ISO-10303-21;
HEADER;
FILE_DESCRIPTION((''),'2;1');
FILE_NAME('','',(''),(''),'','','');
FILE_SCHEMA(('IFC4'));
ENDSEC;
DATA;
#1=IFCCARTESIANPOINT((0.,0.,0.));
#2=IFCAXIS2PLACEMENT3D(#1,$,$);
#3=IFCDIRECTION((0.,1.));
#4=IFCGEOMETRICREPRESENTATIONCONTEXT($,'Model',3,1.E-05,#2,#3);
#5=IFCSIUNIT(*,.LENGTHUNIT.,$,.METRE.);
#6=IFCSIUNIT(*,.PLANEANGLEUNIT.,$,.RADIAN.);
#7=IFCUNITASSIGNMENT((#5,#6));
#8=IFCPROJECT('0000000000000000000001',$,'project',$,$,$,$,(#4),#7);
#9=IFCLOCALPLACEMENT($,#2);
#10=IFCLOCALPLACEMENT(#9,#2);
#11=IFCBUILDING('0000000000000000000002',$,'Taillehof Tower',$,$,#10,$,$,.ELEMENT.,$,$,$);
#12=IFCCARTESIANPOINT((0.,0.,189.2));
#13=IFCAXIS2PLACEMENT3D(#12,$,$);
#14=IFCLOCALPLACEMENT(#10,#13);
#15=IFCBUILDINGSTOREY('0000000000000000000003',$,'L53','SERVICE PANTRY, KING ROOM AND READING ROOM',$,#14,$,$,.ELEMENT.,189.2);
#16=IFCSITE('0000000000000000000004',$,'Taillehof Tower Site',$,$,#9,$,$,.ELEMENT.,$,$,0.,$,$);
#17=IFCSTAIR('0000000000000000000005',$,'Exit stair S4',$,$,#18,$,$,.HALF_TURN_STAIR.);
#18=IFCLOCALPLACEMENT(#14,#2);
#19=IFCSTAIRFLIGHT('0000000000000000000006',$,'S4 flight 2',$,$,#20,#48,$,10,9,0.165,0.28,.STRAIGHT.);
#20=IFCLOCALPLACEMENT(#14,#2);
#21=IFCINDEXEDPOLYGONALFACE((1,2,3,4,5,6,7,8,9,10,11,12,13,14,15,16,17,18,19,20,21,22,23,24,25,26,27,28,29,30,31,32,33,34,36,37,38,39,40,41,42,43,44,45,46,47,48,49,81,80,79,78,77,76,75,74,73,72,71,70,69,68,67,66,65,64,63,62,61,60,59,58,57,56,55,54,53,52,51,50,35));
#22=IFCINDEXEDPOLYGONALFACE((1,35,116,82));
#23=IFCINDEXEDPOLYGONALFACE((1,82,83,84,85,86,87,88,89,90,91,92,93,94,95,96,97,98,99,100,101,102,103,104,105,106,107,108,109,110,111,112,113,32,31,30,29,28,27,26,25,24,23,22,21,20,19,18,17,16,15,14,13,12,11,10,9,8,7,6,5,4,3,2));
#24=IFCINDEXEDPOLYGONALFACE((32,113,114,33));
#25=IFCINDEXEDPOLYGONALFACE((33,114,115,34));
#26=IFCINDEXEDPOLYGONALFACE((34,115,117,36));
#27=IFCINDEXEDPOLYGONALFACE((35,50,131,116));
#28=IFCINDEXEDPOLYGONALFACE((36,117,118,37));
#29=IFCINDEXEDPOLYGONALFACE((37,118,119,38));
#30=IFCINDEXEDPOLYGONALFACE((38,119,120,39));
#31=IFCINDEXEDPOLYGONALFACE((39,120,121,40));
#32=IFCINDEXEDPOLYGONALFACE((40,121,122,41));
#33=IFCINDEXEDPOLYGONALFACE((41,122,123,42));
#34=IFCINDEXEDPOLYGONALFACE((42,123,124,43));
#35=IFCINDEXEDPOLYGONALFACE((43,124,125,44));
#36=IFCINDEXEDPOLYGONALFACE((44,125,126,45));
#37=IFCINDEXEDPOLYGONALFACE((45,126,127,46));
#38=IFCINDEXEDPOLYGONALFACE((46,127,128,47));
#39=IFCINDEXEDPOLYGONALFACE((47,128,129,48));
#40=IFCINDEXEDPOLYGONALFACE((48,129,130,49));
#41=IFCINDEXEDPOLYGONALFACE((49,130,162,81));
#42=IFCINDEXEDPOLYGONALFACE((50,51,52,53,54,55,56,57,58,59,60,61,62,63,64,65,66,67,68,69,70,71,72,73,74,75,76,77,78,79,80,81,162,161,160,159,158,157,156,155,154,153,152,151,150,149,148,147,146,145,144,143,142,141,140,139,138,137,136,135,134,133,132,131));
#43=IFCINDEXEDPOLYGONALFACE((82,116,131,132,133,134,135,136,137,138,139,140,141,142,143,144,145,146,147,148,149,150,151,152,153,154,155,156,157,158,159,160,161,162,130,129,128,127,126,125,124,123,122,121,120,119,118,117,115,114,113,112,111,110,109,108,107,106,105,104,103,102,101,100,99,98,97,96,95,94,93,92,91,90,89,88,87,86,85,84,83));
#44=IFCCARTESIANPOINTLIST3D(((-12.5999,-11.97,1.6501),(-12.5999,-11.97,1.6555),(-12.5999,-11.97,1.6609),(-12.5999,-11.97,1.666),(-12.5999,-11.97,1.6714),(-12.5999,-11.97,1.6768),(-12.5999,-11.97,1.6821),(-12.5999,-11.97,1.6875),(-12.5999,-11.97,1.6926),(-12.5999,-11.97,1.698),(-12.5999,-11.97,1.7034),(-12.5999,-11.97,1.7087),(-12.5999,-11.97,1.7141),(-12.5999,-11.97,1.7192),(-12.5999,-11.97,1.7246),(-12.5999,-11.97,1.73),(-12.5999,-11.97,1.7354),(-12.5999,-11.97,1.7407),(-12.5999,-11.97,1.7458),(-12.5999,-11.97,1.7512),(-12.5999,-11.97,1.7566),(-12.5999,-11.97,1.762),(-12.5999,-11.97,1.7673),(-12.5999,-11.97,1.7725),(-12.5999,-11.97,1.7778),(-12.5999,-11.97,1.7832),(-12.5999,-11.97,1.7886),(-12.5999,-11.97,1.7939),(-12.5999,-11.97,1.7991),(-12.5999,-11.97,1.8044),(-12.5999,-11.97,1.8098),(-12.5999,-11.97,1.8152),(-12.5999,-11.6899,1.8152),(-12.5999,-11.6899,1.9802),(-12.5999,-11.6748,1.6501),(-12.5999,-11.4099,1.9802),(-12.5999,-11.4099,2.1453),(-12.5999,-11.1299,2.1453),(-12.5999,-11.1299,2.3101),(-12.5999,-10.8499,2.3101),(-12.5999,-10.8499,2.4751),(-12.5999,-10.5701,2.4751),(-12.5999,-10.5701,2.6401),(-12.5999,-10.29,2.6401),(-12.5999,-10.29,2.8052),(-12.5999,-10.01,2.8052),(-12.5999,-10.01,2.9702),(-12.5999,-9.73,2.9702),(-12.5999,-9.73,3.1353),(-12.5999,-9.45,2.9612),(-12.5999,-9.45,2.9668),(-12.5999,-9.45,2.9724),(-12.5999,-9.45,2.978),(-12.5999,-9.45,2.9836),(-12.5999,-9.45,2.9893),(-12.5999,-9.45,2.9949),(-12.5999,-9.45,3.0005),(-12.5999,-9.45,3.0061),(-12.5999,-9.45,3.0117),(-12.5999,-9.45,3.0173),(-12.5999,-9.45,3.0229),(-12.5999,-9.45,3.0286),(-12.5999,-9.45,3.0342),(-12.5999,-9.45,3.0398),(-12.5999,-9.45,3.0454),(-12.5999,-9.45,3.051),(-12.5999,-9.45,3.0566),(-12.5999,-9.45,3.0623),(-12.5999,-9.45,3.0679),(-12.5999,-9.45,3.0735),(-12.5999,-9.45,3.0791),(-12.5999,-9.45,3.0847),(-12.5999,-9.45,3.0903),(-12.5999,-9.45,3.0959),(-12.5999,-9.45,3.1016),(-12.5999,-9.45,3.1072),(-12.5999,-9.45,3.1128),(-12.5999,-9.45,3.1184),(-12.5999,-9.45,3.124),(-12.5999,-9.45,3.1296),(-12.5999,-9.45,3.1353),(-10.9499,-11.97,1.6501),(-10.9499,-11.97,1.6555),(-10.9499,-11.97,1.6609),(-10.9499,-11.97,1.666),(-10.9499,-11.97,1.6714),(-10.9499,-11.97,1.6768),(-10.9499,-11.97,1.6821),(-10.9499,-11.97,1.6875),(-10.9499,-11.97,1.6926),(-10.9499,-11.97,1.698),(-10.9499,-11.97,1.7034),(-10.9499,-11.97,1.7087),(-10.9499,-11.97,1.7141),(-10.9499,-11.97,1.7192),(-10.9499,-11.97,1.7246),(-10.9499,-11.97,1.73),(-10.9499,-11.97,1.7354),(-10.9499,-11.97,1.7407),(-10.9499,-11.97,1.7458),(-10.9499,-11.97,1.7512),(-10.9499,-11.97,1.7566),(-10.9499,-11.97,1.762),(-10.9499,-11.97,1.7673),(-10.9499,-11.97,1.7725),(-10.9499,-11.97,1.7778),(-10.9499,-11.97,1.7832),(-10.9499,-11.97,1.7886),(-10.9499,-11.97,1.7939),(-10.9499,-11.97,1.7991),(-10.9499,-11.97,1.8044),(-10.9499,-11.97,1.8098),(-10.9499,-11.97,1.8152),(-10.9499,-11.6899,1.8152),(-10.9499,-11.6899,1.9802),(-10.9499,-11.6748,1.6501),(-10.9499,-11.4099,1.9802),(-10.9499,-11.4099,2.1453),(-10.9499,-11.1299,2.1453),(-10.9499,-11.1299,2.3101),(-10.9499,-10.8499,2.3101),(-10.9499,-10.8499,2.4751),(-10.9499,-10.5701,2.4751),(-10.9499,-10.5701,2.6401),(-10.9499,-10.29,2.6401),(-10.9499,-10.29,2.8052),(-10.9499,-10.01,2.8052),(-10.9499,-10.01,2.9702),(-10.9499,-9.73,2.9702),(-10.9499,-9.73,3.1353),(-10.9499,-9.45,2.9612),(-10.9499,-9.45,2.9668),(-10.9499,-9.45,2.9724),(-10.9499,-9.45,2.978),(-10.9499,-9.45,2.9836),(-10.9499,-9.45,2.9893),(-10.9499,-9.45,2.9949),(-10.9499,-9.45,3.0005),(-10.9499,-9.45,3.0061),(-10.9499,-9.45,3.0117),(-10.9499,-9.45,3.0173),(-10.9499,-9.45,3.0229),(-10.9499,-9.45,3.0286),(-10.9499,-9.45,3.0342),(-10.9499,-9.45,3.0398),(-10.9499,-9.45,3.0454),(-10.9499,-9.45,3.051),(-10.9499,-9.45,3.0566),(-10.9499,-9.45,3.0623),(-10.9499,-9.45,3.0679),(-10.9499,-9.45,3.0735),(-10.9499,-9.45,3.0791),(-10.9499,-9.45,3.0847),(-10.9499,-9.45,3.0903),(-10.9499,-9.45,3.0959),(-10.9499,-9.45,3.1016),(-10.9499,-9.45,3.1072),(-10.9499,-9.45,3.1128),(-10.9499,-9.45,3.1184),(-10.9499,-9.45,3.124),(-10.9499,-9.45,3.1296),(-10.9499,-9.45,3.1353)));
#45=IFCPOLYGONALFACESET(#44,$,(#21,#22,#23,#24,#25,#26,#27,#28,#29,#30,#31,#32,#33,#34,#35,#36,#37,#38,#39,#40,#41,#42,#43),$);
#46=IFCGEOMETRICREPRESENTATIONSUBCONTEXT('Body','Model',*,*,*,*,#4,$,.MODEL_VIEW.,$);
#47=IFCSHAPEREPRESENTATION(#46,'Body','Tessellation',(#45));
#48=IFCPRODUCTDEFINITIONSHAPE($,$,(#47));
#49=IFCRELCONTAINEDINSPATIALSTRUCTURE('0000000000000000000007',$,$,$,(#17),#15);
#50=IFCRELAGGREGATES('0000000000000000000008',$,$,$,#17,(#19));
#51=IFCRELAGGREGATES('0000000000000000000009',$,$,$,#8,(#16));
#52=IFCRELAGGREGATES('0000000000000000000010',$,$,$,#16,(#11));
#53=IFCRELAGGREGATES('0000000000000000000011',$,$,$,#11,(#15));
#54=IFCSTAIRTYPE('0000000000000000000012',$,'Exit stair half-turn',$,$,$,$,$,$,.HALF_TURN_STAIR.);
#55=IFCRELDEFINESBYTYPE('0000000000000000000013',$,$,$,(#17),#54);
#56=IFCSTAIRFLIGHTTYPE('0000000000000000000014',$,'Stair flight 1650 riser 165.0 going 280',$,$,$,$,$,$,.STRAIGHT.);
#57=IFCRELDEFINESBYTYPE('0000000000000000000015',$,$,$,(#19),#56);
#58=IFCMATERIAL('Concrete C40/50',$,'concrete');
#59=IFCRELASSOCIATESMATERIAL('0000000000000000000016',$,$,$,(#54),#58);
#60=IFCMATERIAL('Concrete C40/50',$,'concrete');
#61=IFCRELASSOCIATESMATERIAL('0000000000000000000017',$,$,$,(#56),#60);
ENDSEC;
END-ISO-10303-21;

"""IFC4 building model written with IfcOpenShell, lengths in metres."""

from ifc_helpers import new_model, si_unit, direction, frame, origin, place, context, subcontext, project, spatial, polyline, outline, extrude, material, type_object, element, aggregate, save


model = new_model("IFC4")

# Units and contexts
model_context = context("Model", 3, precision=1e-05, world=origin(), true_north=direction((0.0, 1.0)))
body_context = subcontext(model_context, "Body", "Model", "MODEL_VIEW")
ifc_project = project(units=[si_unit("LENGTHUNIT", "METRE"), si_unit("PLANEANGLEUNIT", "RADIAN")], contexts=[model_context])

# Site, building, storey
site_placement = place(None, origin())
site = spatial("IfcSite", under=ifc_project, at=site_placement, Name="Taillehof Tower Site", CompositionType="ELEMENT", RefElevation=0.0)
building_placement = place(site_placement, origin())
building = spatial("IfcBuilding", under=site, at=building_placement, Name="Taillehof Tower", CompositionType="ELEMENT")
storey_placement = place(building_placement, frame((0.0, 0.0, 189.2)))
storey = spatial("IfcBuildingStorey", under=building, at=storey_placement, Name="L53", Description="SERVICE PANTRY, KING ROOM AND READING ROOM", CompositionType="ELEMENT", Elevation=189.2)

# Stair, stair flight
ifc_material_1 = material(Name="Concrete C40/50", Category="concrete")
stair_type = type_object("IfcStairType", Name="Exit stair half-turn", PredefinedType="HALF_TURN_STAIR", material=ifc_material_1)
stair_placement = place(storey_placement, origin())
stair = element("IfcStair", 1, at=stair_placement, inside=storey, type_object=stair_type, Name="Exit stair S4", PredefinedType="HALF_TURN_STAIR")
ifc_material_2 = material(Name="Concrete C40/50", Category="concrete")
stair_flight_type = type_object("IfcStairFlightType", Name="Stair flight 1650 riser 165.0 going 280", PredefinedType="STRAIGHT", material=ifc_material_2)
stair_flight_placement = place(storey_placement, frame((-11.7749, -11.97, 1.6501), z_axis=(0.0, 0.0, 1.0), x_axis=(0.0, 1.0, 0.0)))
stair_flight = element("IfcStairFlight", 2, at=stair_flight_placement, type_object=stair_flight_type, Name="S4 flight 2", NumberOfRisers=10, NumberOfTreads=9, PredefinedType="STRAIGHT", RiserHeight=0.165, TreadLength=0.28, context=body_context, shape_type="SweptSolid", body=[
    extrude(outline(polyline([(0.0, 0.0), (0.0, 0.0054), (0.0, 0.0107), (0.0, 0.0159), (0.0, 0.0212), (0.0, 0.0266), (0.0, 0.032), (0.0, 0.0374), (0.0, 0.0425), (0.0, 0.0479), (0.0, 0.0532), (0.0, 0.0586), (0.0, 0.064), (0.0, 0.0691), (0.0, 0.0745), (0.0, 0.0798), (0.0, 0.0852), (0.0, 0.0906), (0.0, 0.0957), (0.0, 0.1011), (0.0, 0.1064), (0.0, 0.1118), (0.0, 0.1172), (0.0, 0.1223), (0.0, 0.1277), (0.0, 0.1331), (0.0, 0.1384), (0.0, 0.1438), (0.0, 0.1489), (0.0, 0.1543), (0.0, 0.1597), (0.0, 0.165), (0.28, 0.165), (0.28, 0.3301), (0.5601, 0.3301), (0.5601, 0.4951), (0.8401, 0.4951), (0.8401, 0.6599), (1.1201, 0.6599), (1.1201, 0.825), (1.3999, 0.825), (1.3999, 0.99), (1.6799, 0.99), (1.6799, 1.155), (1.96, 1.155), (1.96, 1.3201), (2.24, 1.3201), (2.24, 1.4851), (2.52, 1.4851), (2.52, 1.4795), (2.52, 1.4739), (2.52, 1.4683), (2.52, 1.4626), (2.52, 1.457), (2.52, 1.4514), (2.52, 1.4458), (2.52, 1.4402), (2.52, 1.4346), (2.52, 1.429), (2.52, 1.4233), (2.52, 1.4177), (2.52, 1.4121), (2.52, 1.4065), (2.52, 1.4009), (2.52, 1.3953), (2.52, 1.3896), (2.52, 1.384), (2.52, 1.3784), (2.52, 1.3728), (2.52, 1.3672), (2.52, 1.3616), (2.52, 1.356), (2.52, 1.3503), (2.52, 1.3447), (2.52, 1.3391), (2.52, 1.3335), (2.52, 1.3279), (2.52, 1.3223), (2.52, 1.3167), (2.52, 1.311), (0.2952, 0.0), (0.0, 0.0)])), frame((0.0, 0.825, 0.0), z_axis=(0.0, -1.0, 0.0), x_axis=(1.0, 0.0, 0.0)), (0.0, 0.0, 1.0), 1.65),
])
aggregate(stair, [stair_flight])

save(model, "model.ifc")
